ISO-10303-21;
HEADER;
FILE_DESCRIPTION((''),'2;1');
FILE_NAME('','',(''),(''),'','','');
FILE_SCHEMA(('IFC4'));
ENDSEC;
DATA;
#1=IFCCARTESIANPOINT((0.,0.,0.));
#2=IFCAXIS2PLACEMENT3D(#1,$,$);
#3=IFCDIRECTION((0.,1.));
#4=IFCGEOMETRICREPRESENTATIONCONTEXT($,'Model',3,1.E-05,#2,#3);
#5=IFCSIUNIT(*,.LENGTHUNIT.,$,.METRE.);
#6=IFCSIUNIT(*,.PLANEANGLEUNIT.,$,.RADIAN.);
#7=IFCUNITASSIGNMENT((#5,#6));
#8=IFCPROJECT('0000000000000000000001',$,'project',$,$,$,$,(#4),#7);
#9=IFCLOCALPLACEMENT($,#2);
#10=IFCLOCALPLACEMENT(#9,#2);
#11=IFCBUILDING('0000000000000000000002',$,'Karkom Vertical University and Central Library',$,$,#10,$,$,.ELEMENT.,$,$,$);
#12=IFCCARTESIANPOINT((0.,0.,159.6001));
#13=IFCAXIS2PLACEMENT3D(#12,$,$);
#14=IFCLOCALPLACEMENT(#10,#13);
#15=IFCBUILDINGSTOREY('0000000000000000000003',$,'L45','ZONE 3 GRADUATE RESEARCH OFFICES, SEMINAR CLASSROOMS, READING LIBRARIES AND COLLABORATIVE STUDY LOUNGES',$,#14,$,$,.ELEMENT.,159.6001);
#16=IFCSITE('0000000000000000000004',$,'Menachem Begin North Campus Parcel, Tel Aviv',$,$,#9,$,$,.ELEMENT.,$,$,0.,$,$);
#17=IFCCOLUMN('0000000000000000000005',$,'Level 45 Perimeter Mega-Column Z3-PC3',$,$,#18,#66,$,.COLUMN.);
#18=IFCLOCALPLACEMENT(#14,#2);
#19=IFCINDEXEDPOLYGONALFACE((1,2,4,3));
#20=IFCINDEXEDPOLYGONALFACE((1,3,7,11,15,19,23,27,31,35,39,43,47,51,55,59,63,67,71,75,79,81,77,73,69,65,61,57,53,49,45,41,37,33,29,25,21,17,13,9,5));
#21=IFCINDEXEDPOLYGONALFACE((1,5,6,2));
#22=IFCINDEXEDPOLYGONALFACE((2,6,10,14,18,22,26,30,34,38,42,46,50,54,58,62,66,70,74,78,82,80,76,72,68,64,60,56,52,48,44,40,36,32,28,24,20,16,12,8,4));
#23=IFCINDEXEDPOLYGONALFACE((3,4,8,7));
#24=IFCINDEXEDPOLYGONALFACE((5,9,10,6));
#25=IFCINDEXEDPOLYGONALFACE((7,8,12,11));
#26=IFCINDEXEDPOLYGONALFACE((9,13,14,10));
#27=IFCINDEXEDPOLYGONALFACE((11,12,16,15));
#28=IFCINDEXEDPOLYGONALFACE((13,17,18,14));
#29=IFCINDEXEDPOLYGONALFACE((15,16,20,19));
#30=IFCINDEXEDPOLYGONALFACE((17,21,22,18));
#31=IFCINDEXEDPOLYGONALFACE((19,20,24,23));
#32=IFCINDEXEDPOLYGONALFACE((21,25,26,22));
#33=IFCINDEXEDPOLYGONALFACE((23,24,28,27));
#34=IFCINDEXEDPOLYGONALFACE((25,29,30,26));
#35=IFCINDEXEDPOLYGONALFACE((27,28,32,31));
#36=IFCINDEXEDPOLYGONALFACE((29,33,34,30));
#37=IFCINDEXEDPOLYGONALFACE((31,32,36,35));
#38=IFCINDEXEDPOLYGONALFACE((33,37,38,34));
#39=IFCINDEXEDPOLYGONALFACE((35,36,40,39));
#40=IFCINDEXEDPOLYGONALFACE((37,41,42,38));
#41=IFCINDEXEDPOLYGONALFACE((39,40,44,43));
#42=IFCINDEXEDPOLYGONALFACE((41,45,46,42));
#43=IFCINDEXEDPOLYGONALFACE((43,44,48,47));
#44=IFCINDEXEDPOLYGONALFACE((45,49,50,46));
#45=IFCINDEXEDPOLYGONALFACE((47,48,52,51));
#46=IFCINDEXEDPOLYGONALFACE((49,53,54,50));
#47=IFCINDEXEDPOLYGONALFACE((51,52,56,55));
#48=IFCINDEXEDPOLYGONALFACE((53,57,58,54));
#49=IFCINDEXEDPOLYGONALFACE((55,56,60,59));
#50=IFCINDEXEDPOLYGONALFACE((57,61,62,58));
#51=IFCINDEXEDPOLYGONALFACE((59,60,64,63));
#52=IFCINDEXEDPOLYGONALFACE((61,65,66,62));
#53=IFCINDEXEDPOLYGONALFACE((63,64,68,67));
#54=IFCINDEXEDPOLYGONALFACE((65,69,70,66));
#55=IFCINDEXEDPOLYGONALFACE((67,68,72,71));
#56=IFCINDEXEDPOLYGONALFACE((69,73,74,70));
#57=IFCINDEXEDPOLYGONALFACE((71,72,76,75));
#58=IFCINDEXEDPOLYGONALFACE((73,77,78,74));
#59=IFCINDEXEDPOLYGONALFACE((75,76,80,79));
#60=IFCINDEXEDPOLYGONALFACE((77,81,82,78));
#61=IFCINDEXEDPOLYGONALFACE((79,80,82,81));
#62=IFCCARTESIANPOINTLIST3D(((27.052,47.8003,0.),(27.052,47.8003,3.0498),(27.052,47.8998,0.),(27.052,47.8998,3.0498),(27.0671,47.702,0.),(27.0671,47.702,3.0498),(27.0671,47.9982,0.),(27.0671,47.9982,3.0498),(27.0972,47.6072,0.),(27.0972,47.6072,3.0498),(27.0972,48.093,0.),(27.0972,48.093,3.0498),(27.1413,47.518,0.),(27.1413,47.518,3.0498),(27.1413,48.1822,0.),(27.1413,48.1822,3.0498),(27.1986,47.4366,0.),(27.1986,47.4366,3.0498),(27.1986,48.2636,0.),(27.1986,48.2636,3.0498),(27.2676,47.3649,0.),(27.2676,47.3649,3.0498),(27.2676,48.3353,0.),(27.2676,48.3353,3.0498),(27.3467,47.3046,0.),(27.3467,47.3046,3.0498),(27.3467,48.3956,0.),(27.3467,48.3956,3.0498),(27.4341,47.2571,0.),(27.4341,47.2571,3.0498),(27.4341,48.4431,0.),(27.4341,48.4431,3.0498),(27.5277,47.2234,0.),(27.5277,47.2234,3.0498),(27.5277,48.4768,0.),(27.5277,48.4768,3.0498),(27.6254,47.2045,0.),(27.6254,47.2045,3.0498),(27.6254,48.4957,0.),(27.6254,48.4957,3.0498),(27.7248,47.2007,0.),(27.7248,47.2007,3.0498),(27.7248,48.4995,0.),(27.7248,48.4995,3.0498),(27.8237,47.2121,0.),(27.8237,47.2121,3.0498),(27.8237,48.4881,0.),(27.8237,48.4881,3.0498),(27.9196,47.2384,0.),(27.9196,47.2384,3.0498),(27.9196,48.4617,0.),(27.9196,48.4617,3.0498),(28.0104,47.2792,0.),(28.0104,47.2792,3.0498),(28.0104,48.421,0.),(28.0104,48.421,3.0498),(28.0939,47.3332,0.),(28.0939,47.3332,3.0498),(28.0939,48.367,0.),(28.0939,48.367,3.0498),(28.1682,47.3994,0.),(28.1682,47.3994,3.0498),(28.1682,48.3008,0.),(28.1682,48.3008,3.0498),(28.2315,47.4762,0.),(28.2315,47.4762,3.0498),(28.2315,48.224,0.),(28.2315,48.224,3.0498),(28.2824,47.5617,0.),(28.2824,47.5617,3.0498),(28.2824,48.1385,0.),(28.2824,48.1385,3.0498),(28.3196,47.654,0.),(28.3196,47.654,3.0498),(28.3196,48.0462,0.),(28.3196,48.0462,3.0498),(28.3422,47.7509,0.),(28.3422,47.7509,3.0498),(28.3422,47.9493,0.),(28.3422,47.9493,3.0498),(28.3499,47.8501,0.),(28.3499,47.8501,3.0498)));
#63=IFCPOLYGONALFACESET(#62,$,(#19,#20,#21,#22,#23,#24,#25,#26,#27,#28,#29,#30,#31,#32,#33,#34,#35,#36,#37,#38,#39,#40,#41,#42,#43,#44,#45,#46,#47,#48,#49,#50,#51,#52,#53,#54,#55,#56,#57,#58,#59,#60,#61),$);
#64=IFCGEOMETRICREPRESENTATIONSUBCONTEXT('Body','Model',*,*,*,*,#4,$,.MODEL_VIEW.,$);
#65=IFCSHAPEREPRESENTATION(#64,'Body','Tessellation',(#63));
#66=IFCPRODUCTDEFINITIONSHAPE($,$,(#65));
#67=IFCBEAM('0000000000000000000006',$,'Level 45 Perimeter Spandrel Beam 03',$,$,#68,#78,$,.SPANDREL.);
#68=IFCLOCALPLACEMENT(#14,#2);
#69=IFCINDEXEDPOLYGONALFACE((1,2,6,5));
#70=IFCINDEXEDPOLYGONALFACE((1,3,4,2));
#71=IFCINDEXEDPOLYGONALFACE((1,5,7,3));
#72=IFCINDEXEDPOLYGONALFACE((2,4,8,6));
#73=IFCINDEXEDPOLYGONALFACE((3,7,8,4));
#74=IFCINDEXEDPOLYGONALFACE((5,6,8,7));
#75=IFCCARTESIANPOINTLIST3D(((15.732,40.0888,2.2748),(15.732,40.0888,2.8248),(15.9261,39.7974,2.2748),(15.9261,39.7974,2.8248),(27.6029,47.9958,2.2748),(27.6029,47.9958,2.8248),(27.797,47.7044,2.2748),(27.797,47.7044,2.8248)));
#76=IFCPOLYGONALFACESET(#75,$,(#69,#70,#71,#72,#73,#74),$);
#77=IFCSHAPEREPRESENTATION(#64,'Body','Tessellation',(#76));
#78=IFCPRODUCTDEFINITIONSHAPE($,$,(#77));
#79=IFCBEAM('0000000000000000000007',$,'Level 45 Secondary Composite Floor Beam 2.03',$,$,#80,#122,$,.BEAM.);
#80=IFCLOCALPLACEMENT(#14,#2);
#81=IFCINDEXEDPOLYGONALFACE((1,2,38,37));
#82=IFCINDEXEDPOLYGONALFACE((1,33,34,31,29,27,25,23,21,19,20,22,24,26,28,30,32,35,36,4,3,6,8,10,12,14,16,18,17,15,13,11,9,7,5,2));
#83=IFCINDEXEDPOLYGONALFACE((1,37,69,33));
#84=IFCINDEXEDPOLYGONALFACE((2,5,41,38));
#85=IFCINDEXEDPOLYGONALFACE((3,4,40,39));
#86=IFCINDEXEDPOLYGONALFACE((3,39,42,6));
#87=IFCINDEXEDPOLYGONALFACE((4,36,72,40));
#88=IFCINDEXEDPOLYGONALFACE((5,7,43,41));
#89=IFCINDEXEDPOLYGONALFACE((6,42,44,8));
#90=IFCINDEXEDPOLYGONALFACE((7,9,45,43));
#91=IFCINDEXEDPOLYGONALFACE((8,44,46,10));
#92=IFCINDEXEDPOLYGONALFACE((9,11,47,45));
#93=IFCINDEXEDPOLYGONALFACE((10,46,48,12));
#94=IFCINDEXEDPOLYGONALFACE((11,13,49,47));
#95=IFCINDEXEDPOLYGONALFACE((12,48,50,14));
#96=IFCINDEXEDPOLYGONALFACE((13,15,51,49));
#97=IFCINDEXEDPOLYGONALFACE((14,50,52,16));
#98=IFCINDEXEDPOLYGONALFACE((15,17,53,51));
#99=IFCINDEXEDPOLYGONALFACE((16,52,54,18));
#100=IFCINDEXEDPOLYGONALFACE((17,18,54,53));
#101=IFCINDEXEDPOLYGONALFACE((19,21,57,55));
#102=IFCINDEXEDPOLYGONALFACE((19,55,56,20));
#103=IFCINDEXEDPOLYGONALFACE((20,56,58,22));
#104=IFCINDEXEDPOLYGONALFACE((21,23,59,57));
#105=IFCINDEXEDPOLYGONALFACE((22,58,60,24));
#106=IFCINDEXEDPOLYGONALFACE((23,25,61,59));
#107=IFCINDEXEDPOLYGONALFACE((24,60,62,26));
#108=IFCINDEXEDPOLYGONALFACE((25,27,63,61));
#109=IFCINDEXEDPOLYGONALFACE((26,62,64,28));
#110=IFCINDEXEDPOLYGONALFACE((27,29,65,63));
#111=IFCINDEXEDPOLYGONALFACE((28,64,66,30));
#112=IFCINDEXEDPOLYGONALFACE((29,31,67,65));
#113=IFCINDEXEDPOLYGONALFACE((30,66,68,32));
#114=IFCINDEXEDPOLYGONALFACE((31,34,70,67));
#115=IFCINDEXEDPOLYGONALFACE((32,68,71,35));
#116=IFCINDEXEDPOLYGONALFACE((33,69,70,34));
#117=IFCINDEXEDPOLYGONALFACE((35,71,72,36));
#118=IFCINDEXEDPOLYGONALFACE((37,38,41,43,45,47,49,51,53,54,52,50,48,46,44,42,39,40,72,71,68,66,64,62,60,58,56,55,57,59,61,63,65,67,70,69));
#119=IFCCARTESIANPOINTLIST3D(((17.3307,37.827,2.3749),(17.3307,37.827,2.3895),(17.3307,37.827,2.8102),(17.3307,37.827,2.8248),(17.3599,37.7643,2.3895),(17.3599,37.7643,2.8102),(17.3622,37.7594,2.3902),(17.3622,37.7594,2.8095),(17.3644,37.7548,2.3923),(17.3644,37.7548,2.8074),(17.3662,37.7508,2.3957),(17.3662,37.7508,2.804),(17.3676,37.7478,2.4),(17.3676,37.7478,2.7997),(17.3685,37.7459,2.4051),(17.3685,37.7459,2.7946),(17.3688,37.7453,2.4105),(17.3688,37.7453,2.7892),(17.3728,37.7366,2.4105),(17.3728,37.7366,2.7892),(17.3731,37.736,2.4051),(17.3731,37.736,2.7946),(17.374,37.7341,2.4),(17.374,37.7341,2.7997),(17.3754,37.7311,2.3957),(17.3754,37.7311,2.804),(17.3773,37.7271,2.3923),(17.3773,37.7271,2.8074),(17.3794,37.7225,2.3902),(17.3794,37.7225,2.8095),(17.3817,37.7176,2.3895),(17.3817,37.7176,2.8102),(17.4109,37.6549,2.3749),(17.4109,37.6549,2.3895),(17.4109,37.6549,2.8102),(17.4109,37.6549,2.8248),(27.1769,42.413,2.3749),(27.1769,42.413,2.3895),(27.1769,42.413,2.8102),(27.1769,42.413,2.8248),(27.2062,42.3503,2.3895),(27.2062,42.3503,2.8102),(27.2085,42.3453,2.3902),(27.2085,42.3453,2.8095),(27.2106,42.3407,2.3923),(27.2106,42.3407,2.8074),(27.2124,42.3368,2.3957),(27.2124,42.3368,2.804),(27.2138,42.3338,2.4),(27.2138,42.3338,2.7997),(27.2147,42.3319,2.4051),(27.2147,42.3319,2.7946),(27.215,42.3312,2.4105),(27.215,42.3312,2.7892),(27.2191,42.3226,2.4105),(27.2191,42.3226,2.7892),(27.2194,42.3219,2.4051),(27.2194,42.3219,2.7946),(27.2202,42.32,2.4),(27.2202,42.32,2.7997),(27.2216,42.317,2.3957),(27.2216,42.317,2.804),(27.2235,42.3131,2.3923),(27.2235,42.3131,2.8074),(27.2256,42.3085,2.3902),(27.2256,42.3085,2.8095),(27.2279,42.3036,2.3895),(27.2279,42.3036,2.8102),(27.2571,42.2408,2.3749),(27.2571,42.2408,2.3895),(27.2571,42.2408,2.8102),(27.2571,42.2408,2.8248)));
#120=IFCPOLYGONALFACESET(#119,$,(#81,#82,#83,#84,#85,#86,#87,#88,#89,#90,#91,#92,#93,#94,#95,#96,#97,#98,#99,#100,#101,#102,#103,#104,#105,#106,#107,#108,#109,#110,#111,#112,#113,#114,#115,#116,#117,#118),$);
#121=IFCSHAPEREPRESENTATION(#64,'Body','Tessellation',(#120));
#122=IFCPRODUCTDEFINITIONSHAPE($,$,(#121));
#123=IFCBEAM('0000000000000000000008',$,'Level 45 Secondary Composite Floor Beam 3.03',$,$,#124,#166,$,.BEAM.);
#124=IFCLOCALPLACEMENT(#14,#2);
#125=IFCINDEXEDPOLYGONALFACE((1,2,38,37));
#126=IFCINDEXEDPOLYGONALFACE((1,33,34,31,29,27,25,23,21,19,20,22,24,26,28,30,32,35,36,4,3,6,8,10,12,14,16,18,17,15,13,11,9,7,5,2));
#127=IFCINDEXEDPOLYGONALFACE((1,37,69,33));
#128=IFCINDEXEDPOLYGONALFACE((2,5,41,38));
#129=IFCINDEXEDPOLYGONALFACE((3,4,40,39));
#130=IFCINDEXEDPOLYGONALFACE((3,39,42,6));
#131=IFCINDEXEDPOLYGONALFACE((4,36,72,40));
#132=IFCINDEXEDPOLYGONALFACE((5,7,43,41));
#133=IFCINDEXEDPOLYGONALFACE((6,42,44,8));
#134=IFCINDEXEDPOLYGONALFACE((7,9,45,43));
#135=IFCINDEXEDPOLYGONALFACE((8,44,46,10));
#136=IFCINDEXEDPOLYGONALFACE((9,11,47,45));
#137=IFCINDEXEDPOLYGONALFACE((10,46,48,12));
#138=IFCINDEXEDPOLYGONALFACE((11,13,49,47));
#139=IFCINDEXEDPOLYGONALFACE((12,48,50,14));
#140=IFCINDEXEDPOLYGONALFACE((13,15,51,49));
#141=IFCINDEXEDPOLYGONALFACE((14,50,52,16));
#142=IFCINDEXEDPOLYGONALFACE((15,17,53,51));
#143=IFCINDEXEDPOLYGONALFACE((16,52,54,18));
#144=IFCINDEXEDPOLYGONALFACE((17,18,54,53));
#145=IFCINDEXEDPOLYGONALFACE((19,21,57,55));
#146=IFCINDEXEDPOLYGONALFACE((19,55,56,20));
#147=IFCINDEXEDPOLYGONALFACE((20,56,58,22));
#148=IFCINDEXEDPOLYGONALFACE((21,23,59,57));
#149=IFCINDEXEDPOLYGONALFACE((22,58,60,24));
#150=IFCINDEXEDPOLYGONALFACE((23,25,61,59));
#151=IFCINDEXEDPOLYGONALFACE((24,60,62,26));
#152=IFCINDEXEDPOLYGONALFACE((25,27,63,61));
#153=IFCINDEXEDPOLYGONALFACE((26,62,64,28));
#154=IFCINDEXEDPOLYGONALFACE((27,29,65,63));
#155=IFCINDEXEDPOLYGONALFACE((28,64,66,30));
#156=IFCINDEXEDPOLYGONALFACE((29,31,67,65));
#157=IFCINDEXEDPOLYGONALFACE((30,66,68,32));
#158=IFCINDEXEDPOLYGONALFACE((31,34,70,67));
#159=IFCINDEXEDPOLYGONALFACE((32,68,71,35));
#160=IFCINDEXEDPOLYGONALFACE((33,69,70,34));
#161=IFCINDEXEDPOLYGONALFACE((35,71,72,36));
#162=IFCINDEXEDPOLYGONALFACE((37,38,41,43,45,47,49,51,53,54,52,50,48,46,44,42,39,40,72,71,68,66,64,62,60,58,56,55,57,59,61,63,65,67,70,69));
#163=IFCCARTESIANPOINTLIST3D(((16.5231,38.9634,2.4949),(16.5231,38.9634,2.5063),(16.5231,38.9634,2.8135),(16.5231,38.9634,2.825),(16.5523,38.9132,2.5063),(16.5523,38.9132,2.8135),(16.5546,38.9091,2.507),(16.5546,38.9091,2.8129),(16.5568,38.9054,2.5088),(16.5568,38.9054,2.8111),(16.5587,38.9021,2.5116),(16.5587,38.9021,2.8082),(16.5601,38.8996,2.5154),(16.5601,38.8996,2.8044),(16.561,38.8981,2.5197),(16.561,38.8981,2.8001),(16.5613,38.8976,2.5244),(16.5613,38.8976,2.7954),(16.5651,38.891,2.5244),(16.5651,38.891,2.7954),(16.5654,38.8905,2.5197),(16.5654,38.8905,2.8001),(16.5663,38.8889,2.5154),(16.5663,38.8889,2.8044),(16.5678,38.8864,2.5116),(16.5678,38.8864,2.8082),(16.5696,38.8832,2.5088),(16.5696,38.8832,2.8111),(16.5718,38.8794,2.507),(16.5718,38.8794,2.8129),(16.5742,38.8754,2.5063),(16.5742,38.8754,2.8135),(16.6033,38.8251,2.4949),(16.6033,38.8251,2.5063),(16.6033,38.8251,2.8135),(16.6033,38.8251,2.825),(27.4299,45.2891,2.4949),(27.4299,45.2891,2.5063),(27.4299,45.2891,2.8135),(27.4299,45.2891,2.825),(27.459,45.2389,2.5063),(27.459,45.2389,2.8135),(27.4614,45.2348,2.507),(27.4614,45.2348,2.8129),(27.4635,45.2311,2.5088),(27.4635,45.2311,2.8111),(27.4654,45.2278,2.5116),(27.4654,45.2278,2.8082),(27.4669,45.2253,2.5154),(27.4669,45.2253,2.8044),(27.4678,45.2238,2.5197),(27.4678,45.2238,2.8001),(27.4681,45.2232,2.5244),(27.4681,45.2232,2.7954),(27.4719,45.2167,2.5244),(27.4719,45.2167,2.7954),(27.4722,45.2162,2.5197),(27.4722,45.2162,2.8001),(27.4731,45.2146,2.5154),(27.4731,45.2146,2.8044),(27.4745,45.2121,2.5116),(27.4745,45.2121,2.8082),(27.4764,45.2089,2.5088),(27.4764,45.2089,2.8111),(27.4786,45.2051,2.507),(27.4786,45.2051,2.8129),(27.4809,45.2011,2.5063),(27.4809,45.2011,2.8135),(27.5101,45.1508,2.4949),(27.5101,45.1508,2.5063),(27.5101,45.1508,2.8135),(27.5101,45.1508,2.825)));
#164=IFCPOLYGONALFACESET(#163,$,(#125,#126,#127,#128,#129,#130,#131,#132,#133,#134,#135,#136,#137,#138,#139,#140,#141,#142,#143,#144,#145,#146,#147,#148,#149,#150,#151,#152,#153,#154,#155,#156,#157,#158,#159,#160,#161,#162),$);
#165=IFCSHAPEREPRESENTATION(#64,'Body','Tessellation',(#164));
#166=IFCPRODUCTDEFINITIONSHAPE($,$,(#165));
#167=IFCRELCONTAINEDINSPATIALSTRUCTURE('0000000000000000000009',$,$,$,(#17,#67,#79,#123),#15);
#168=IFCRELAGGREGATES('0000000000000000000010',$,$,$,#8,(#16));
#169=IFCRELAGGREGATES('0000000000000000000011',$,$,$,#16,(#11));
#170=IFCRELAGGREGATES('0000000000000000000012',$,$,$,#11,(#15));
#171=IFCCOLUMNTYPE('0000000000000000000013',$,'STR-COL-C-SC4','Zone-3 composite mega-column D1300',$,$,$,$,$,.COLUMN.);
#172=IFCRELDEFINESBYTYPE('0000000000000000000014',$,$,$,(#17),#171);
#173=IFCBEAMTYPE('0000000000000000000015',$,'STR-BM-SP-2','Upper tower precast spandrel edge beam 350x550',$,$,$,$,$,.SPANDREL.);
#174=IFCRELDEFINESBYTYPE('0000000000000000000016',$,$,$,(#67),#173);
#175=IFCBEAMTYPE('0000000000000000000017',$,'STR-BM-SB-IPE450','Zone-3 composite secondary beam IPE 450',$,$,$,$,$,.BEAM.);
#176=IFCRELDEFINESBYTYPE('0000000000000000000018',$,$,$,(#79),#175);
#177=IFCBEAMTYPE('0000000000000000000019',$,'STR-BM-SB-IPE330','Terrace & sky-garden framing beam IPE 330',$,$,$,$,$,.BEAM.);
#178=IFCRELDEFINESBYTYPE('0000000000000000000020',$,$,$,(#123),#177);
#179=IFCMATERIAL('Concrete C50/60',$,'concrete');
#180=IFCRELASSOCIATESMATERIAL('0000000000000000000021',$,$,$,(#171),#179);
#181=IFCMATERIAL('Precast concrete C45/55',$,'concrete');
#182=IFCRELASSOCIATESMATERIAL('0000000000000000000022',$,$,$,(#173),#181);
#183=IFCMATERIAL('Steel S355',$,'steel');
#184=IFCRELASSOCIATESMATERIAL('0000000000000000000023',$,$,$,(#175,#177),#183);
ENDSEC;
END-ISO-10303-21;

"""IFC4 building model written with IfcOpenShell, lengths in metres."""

from ifc_helpers import new_model, si_unit, direction, frame, origin, origin_with_axes, origin_2d, place, context, subcontext, project, spatial, rectangle, circle, i_section, extrude, source, transform, mapped, material, material_profile, profile_set, type_object, element, save


model = new_model("IFC4")

# Units and contexts
model_context = context("Model", 3, precision=1e-05, world=origin(), true_north=direction((0.0, 1.0)))
body_context = subcontext(model_context, "Body", "Model", "MODEL_VIEW")
ifc_project = project(units=[si_unit("LENGTHUNIT", "METRE"), si_unit("PLANEANGLEUNIT", "RADIAN")], contexts=[model_context])

# Site, building, storey
site_placement = place(None, origin())
site = spatial("IfcSite", under=ifc_project, at=site_placement, Name="Menachem Begin North Campus Parcel, Tel Aviv", CompositionType="ELEMENT", RefElevation=0.0)
building_placement = place(site_placement, origin())
building = spatial("IfcBuilding", under=site, at=building_placement, Name="Karkom Vertical University and Central Library", CompositionType="ELEMENT")
storey_placement = place(building_placement, frame((0.0, 0.0, 159.6001)))
storey = spatial("IfcBuildingStorey", under=building, at=storey_placement, Name="L45", Description="ZONE 3 GRADUATE RESEARCH OFFICES, SEMINAR CLASSROOMS, READING LIBRARIES AND COLLABORATIVE STUDY LOUNGES", CompositionType="ELEMENT", Elevation=159.6001)

# Column
ifc_material_1 = material(Name="Concrete C50/60", Category="concrete")
ifc_material_profile_1 = material_profile(ifc_material_1, circle(Radius=0.6499, at=origin_2d()), Name="CFT-D1300")
ifc_profile_set_1 = profile_set([ifc_material_profile_1], Name="Concrete C50/60")
column_type = type_object("IfcColumnType", Name="STR-COL-C-SC4", Description="Zone-3 composite mega-column D1300", PredefinedType="COLUMN", material=ifc_profile_set_1)
shared_shape_1 = source(origin_with_axes(), body_context, "Body", "SweptSolid", [
    extrude(circle(Radius=0.6499, at=origin_2d()), origin(), (0.0, 0.0, 1.0), 3.0498),
])
column_placement = place(storey_placement, frame((27.7, 47.8501, 0.0), z_axis=(0.0, 0.0, 1.0), x_axis=(1.0, 0.0, 0.0)))
element("IfcColumn", 1, at=column_placement, inside=storey, type_object=column_type, Name="Level 45 Perimeter Mega-Column Z3-PC3", PredefinedType="COLUMN", context=body_context, shape_type="MappedRepresentation", body=[
    mapped(shared_shape_1, transform((0.0, 0.0, 0.0), scale=1.0)),
])

# Beams
ifc_material_2 = material(Name="Precast concrete C45/55", Category="concrete")
ifc_material_profile_2 = material_profile(ifc_material_2, rectangle(XDim=0.3501, YDim=0.55, at=origin_2d()), Name="SPB-350x550")
ifc_profile_set_2 = profile_set([ifc_material_profile_2], Name="Precast concrete C45/55")
beam_type_1 = type_object("IfcBeamType", Name="STR-BM-SP-2", Description="Upper tower precast spandrel edge beam 350x550", PredefinedType="SPANDREL", material=ifc_profile_set_2)
shared_shape_2 = source(origin_with_axes(), body_context, "Body", "SweptSolid", [
    extrude(rectangle(XDim=0.3501, YDim=0.55, at=origin_2d()), origin(), (0.0, 0.0, 1.0), 14.2632),
])
beam_1_placement = place(storey_placement, frame((27.7, 47.8501, 2.5498), z_axis=(-0.832274, -0.554364, 0.0), x_axis=(0.554364, -0.832274, 0.0)))
element("IfcBeam", 2, at=beam_1_placement, inside=storey, type_object=beam_type_1, Name="Level 45 Perimeter Spandrel Beam 03", PredefinedType="SPANDREL", context=body_context, shape_type="MappedRepresentation", body=[
    mapped(shared_shape_2, transform((0.0, 0.0, 0.0), scale=1.0)),
])
ifc_material_3 = material(Name="Steel S355", Category="steel")
ifc_material_profile_3 = material_profile(ifc_material_3, i_section(OverallWidth=0.1899, OverallDepth=0.45, WebThickness=0.0095, FlangeThickness=0.0146, FilletRadius=0.021, at=origin_2d()), Name="IPE 450")
ifc_profile_set_3 = profile_set([ifc_material_profile_3], Name="Steel S355")
beam_type_2 = type_object("IfcBeamType", Name="STR-BM-SB-IPE450", Description="Zone-3 composite secondary beam IPE 450", PredefinedType="BEAM", material=ifc_profile_set_3)
shared_shape_3 = source(origin_with_axes(), body_context, "Body", "SweptSolid", [
    extrude(i_section(OverallWidth=0.1899, OverallDepth=0.45, WebThickness=0.0095, FlangeThickness=0.0146, FilletRadius=0.021, at=origin_2d()), origin(), (0.0, 0.0, 1.0), 10.8618),
])
beam_2_placement = place(storey_placement, frame((27.217, 42.3269, 2.5999), z_axis=(-0.906499, -0.422209, 0.0), x_axis=(0.422209, -0.906499, 0.0)))
element("IfcBeam", 3, at=beam_2_placement, inside=storey, type_object=beam_type_2, Name="Level 45 Secondary Composite Floor Beam 2.03", PredefinedType="BEAM", context=body_context, shape_type="MappedRepresentation", body=[
    mapped(shared_shape_3, transform((0.0, 0.0, 0.0), scale=1.0)),
])
ifc_material_profile_4 = material_profile(ifc_material_3, i_section(OverallWidth=0.1599, OverallDepth=0.3301, WebThickness=0.0076, FlangeThickness=0.0115, FilletRadius=0.0181, at=origin_2d()), Name="IPE 330")
ifc_profile_set_4 = profile_set([ifc_material_profile_4], Name="Steel S355")
beam_type_3 = type_object("IfcBeamType", Name="STR-BM-SB-IPE330", Description="Terrace & sky-garden framing beam IPE 330", PredefinedType="BEAM", material=ifc_profile_set_4)
shared_shape_4 = source(origin_with_axes(), body_context, "Body", "SweptSolid", [
    extrude(i_section(OverallWidth=0.1599, OverallDepth=0.3301, WebThickness=0.0076, FlangeThickness=0.0115, FilletRadius=0.0181, at=origin_2d()), origin(), (0.0, 0.0, 1.0), 12.6084),
])
beam_3_placement = place(storey_placement, frame((27.47, 45.22, 2.6599), z_axis=(-0.865039, -0.501705, 0.0), x_axis=(0.501705, -0.865039, 0.0)))
element("IfcBeam", 4, at=beam_3_placement, inside=storey, type_object=beam_type_3, Name="Level 45 Secondary Composite Floor Beam 3.03", PredefinedType="BEAM", context=body_context, shape_type="MappedRepresentation", body=[
    mapped(shared_shape_4, transform((0.0, 0.0, 0.0), scale=1.0)),
])

save(model, "model.ifc")
